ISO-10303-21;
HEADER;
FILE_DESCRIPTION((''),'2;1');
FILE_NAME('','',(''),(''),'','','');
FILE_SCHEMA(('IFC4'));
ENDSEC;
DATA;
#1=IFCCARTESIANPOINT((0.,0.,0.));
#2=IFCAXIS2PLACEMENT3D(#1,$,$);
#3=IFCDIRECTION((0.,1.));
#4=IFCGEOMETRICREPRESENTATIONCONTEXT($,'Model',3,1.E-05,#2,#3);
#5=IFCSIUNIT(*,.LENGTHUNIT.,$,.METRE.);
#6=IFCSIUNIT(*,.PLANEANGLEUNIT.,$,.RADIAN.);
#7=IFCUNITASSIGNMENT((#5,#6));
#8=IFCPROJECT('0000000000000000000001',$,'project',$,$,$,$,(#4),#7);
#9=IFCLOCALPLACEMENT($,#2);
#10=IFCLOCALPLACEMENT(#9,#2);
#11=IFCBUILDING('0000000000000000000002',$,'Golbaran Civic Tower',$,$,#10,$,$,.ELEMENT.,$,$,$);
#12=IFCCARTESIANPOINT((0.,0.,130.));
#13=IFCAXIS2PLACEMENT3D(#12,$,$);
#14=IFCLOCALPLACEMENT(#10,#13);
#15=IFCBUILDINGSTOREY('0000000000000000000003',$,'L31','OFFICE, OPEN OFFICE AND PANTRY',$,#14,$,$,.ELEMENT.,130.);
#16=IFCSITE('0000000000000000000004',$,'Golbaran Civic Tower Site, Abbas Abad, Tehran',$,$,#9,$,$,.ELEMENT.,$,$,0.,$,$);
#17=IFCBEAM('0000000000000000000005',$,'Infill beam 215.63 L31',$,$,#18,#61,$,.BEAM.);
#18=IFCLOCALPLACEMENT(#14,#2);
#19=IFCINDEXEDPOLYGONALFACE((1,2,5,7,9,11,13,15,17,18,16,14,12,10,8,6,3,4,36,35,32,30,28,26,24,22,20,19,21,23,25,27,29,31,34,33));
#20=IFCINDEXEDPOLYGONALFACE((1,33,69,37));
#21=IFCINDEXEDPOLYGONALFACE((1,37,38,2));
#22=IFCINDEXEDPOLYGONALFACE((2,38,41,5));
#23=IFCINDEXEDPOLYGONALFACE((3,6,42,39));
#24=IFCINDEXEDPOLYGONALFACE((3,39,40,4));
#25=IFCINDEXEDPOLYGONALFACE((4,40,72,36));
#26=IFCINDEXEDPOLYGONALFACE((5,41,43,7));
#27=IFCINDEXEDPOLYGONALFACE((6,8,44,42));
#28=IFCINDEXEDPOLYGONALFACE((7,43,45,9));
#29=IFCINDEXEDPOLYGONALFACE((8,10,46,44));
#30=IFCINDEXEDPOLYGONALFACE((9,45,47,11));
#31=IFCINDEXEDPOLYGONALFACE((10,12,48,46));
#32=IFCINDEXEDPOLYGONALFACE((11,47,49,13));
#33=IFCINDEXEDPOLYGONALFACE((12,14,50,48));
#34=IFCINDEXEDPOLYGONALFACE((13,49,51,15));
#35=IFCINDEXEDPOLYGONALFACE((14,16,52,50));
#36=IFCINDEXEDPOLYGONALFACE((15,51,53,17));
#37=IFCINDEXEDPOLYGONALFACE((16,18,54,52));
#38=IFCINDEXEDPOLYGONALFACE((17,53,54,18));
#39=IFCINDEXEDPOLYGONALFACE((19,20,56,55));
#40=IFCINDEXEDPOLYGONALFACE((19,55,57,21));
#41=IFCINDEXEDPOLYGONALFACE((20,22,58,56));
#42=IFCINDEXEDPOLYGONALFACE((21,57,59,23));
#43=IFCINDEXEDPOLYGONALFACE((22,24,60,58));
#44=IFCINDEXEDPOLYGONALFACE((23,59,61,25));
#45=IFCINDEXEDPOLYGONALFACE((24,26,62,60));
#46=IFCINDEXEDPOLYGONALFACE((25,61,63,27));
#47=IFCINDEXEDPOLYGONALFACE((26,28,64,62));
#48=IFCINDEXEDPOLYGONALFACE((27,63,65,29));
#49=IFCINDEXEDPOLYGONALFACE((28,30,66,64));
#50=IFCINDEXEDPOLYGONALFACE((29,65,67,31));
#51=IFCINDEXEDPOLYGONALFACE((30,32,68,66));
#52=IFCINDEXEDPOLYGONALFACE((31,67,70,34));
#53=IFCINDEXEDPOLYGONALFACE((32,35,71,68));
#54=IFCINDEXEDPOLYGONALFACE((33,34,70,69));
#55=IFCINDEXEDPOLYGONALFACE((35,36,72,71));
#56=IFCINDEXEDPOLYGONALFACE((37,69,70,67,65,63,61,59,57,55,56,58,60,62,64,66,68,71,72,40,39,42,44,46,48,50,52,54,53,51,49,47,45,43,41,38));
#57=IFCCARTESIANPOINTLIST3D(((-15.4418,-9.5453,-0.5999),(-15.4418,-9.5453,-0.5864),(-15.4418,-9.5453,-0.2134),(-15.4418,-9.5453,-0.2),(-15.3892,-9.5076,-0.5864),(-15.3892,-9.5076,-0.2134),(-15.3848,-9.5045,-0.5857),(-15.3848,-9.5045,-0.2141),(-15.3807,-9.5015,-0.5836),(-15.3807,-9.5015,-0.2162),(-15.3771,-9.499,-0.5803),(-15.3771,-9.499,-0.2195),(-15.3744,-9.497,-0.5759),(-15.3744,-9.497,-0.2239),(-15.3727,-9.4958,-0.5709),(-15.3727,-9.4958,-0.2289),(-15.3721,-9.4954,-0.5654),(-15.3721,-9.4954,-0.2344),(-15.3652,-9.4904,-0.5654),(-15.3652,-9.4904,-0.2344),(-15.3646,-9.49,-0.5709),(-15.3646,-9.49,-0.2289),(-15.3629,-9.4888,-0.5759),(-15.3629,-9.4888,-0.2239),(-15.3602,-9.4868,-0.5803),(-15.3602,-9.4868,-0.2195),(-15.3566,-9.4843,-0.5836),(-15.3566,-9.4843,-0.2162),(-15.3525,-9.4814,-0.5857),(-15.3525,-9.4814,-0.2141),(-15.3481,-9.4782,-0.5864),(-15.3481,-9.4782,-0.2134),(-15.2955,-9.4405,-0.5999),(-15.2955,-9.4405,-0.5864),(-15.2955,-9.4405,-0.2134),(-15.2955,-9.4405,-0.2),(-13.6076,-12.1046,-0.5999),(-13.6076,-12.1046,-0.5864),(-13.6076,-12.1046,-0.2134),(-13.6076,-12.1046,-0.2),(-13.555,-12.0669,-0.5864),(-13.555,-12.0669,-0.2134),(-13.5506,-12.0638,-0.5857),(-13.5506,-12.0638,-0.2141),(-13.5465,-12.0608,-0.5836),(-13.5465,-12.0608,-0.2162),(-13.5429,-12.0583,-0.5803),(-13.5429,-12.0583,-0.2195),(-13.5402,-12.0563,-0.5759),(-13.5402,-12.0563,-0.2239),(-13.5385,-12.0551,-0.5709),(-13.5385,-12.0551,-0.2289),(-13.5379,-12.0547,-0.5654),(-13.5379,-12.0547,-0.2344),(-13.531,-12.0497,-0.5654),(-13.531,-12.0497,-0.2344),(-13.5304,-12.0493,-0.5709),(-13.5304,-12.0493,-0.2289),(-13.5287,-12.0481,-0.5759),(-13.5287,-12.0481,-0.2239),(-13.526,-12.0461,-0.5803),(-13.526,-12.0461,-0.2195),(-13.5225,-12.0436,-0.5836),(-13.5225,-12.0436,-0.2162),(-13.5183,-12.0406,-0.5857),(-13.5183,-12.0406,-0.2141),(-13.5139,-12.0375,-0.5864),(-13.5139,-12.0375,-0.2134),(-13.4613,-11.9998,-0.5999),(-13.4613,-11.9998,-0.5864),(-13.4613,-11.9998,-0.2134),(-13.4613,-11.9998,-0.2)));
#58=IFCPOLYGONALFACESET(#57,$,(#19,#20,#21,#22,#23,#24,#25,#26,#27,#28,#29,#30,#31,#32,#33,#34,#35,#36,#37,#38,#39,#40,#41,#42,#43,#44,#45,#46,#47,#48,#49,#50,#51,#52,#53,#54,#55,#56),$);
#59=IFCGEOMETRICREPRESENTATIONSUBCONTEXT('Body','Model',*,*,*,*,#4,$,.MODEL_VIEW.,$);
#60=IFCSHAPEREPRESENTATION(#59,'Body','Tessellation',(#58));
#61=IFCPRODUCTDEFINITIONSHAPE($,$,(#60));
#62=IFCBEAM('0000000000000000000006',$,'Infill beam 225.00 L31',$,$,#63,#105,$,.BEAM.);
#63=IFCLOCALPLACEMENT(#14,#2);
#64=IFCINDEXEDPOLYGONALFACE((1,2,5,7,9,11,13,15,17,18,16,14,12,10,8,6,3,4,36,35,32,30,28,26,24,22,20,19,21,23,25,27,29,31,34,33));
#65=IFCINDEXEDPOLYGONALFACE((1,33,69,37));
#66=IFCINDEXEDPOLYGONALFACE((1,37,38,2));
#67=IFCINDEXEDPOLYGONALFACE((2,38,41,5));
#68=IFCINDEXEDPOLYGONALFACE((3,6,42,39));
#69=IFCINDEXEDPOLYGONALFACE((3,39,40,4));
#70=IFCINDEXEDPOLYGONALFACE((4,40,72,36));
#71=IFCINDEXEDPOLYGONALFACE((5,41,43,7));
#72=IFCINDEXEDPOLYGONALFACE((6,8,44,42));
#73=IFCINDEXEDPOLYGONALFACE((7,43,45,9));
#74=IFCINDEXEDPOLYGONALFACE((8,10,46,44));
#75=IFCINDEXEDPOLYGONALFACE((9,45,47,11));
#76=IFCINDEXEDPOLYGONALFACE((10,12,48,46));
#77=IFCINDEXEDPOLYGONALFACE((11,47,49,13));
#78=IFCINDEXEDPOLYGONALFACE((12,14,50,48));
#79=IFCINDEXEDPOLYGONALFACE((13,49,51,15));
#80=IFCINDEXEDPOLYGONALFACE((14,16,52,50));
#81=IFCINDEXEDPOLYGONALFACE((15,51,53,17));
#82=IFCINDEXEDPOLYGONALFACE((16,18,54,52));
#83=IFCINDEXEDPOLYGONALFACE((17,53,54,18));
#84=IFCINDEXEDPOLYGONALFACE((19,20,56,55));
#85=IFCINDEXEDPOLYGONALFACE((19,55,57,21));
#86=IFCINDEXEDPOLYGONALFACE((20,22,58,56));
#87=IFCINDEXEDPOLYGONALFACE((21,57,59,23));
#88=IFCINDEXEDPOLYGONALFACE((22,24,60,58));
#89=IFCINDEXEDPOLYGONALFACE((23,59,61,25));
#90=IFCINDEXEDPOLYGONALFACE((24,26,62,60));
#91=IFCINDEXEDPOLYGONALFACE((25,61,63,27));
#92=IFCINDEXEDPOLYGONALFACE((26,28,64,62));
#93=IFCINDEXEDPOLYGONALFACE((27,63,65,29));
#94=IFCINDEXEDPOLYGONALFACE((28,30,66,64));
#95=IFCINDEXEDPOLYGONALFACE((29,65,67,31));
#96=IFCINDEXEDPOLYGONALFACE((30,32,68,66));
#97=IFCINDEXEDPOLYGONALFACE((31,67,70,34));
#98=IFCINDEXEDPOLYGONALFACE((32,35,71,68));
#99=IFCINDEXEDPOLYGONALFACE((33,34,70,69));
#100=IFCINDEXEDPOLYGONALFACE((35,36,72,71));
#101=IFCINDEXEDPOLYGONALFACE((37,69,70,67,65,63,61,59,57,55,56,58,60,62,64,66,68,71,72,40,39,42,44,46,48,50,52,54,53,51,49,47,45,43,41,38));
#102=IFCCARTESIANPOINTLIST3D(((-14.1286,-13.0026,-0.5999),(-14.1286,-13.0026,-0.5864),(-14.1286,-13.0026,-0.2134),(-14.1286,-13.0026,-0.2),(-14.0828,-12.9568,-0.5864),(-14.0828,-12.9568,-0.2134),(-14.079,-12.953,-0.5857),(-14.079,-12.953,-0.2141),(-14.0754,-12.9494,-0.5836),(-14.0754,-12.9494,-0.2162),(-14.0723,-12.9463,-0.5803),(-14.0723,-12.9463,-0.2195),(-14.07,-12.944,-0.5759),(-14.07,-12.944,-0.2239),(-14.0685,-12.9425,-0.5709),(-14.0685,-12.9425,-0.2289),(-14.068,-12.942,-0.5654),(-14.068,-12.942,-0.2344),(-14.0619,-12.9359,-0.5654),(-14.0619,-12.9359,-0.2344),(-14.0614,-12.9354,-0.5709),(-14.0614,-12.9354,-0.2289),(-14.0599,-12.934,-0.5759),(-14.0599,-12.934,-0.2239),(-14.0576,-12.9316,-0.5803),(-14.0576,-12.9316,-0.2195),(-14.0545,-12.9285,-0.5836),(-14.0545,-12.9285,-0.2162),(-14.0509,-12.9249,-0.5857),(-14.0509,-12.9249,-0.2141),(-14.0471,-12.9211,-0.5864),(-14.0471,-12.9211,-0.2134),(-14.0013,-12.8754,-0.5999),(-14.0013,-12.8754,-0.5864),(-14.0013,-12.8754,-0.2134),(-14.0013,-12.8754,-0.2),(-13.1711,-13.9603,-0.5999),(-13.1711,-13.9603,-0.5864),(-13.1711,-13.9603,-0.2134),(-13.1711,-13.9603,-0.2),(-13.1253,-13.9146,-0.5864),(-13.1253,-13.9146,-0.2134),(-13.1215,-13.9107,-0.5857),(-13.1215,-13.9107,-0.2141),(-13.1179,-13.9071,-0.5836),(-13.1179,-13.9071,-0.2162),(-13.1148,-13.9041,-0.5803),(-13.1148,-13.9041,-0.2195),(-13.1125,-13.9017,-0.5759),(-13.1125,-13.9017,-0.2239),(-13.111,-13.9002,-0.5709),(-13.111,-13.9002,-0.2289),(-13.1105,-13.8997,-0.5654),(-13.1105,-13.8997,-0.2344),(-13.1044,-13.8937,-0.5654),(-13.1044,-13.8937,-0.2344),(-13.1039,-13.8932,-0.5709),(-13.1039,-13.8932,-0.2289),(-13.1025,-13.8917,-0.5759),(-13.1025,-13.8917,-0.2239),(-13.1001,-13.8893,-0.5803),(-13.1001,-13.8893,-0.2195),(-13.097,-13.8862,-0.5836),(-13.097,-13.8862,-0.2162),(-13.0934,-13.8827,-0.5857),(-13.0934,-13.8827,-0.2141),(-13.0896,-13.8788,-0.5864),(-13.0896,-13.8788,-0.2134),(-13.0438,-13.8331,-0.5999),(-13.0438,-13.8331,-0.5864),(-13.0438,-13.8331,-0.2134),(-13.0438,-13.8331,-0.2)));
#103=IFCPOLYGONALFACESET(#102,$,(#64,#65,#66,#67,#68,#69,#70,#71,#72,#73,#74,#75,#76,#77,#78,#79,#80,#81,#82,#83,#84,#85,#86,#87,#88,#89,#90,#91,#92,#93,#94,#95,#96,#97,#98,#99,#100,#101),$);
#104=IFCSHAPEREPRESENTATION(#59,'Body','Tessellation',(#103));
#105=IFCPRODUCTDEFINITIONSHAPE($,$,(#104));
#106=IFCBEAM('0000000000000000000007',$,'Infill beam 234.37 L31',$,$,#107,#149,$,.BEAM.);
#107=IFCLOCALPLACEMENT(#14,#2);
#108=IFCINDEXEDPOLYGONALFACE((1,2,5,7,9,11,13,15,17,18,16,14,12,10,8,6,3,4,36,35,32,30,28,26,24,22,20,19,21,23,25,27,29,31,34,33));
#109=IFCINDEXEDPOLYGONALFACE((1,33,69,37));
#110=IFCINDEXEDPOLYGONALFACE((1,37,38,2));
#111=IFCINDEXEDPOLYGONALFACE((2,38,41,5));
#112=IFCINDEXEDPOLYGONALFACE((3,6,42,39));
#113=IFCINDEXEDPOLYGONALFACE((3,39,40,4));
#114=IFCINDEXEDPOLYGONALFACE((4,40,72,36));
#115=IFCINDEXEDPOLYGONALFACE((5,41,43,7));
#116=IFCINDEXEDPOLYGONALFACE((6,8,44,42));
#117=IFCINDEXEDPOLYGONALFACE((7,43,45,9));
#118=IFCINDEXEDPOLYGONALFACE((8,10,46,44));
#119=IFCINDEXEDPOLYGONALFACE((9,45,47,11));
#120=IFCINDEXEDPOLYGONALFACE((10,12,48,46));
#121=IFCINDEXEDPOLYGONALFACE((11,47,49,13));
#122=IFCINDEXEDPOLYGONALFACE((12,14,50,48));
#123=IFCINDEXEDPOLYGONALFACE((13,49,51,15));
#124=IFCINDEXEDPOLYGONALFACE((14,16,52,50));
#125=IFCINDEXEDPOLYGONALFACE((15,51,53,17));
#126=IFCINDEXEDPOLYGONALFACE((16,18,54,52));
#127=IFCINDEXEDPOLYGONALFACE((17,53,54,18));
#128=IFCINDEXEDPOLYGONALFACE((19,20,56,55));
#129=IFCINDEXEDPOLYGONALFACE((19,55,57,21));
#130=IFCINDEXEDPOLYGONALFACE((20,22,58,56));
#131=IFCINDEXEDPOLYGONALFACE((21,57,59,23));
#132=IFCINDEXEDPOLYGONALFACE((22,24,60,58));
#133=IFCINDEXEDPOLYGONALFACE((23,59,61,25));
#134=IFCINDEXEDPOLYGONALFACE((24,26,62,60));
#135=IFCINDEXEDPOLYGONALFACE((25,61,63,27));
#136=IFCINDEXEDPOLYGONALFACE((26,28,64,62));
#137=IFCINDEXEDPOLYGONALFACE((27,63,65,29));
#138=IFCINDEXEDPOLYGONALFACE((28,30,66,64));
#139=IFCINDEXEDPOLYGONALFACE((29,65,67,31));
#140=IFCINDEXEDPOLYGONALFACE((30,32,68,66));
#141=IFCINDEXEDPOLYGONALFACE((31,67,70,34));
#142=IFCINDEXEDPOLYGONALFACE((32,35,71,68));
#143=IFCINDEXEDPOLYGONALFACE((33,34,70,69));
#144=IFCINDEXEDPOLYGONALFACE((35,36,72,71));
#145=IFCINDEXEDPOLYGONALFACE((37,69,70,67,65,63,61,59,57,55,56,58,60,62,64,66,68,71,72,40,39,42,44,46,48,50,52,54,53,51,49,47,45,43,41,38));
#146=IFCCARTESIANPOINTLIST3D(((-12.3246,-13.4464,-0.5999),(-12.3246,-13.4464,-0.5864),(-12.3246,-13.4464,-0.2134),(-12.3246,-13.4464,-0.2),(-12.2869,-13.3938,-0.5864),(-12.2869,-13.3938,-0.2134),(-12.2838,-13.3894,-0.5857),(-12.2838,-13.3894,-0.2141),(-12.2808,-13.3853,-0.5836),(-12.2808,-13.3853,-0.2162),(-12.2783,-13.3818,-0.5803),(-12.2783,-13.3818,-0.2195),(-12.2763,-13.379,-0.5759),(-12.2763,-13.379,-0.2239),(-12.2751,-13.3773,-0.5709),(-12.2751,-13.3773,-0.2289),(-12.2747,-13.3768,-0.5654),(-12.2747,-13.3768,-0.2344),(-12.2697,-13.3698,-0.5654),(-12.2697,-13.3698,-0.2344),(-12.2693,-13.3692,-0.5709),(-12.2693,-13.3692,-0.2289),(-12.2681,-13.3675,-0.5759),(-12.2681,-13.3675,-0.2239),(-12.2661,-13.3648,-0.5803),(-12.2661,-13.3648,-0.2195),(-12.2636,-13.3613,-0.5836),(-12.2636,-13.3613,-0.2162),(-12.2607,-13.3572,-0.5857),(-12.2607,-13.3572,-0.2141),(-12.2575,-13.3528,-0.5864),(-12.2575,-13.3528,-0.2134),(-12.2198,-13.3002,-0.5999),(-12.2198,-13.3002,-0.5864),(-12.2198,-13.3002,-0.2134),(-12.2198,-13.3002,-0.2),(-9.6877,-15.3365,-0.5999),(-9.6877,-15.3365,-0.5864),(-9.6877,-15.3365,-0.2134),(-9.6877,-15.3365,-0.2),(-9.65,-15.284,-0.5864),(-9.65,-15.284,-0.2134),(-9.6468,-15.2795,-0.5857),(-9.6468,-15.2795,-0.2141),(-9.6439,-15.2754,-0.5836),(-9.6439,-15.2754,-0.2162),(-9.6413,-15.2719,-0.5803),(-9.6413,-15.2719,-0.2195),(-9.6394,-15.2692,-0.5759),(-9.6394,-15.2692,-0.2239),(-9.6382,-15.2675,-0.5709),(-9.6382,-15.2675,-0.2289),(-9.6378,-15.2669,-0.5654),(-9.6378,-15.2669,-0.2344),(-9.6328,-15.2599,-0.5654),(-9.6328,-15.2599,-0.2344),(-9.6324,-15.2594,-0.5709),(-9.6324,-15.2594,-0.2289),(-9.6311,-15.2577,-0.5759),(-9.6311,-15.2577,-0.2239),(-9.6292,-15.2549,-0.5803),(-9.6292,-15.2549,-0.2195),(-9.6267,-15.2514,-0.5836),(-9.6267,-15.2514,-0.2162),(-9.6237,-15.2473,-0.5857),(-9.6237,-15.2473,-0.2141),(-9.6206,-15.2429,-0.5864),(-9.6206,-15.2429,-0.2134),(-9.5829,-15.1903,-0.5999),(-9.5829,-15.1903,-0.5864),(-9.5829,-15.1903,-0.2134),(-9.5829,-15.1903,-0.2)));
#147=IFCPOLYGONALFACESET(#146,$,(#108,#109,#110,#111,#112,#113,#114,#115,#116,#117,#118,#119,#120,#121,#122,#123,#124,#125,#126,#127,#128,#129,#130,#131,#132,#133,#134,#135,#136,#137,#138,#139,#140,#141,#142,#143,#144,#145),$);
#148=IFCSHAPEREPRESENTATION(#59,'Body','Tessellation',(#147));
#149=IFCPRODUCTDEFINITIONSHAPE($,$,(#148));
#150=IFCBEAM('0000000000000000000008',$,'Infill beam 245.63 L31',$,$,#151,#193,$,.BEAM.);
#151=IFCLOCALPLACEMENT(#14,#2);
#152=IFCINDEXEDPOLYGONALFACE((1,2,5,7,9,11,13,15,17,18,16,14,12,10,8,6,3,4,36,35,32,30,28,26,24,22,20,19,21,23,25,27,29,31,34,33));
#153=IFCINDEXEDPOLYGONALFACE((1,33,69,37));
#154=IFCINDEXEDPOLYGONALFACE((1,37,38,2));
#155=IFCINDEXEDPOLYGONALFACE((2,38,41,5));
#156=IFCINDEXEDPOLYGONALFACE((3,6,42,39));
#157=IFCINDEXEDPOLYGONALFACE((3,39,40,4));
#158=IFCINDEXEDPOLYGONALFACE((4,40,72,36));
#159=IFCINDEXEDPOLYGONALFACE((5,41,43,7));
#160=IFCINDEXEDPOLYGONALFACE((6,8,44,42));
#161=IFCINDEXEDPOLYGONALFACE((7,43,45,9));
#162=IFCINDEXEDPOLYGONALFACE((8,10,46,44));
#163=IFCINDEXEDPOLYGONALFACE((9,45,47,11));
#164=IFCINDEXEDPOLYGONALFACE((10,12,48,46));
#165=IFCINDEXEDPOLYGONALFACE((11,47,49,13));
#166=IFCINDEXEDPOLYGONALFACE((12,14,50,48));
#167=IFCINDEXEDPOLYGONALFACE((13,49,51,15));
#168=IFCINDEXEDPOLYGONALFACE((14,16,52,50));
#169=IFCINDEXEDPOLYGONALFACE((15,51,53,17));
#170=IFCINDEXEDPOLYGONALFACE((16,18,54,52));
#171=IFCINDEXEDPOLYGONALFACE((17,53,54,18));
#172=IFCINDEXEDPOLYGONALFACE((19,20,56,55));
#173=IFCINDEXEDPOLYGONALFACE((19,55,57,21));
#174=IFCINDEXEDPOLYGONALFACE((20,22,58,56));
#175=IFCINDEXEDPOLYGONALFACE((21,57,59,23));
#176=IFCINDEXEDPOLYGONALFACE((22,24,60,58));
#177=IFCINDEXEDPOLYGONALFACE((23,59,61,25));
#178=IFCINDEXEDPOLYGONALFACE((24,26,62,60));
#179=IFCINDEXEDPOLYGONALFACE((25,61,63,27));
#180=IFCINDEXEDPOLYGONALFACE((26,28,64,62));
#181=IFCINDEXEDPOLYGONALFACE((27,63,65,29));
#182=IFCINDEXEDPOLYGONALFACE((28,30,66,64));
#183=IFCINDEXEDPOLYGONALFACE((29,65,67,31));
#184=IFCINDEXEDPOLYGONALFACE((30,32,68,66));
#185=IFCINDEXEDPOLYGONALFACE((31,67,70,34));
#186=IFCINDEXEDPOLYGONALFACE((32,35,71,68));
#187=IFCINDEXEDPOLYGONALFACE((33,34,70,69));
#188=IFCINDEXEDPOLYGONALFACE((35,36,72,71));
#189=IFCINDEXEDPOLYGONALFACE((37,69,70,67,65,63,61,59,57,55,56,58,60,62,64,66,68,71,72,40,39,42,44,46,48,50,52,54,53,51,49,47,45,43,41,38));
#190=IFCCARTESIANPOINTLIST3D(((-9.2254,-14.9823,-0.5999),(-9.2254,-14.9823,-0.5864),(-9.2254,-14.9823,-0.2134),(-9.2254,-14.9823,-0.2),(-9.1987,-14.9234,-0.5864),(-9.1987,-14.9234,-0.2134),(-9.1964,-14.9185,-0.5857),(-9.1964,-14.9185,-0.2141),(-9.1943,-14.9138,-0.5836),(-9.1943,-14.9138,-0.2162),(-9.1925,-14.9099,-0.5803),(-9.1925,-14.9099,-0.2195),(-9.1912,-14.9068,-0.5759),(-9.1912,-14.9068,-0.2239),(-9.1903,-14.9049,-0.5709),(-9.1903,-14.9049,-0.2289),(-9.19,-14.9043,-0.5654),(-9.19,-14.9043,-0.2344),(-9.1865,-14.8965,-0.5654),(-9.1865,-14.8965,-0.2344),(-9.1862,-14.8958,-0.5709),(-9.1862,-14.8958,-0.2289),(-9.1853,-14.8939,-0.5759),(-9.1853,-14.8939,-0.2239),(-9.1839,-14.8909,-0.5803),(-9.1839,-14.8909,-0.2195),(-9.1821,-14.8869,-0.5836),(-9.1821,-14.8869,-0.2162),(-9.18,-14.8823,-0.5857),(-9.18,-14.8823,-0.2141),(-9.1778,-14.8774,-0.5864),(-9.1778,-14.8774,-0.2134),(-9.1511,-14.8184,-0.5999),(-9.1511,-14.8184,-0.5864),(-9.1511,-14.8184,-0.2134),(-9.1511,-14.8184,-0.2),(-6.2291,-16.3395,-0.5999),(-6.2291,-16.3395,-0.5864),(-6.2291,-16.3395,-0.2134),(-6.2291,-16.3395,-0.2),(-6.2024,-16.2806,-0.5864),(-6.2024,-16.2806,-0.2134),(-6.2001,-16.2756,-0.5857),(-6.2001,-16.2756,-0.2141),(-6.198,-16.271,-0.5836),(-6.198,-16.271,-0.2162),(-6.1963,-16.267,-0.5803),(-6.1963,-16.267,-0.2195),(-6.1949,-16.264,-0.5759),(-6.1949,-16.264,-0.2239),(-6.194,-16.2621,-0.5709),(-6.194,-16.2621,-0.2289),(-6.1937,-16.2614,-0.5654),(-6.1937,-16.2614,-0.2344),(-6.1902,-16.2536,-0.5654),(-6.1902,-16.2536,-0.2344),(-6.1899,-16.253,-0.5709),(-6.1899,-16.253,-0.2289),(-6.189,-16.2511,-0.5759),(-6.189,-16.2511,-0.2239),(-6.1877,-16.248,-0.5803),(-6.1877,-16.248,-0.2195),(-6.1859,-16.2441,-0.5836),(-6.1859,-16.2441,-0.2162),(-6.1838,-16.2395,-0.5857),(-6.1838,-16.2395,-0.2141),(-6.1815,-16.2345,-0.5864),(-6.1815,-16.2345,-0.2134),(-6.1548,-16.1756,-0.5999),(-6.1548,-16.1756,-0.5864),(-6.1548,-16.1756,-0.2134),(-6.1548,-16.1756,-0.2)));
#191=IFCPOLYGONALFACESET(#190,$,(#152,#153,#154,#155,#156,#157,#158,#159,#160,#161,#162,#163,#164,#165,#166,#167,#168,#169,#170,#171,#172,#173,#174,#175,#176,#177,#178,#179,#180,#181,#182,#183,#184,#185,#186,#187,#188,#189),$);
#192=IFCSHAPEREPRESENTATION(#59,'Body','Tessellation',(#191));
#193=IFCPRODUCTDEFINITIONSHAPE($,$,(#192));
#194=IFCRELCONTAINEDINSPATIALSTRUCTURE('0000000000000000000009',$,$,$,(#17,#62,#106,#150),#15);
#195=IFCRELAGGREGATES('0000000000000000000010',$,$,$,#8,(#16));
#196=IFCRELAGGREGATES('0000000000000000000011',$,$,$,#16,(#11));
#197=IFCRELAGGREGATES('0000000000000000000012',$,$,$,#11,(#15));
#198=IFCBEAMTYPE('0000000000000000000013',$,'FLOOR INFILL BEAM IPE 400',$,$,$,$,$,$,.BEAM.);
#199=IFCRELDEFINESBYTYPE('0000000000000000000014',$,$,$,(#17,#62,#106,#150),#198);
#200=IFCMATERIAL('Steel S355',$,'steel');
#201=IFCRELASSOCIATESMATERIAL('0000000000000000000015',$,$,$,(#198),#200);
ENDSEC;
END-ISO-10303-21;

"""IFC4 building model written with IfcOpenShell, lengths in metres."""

from ifc_helpers import new_model, si_unit, direction, frame, origin, origin_2d, place, context, subcontext, project, spatial, i_section, extrude, material, material_profile, profile_set, type_object, element, save


model = new_model("IFC4")

# Units and contexts
model_context = context("Model", 3, precision=1e-05, world=origin(), true_north=direction((0.0, 1.0)))
body_context = subcontext(model_context, "Body", "Model", "MODEL_VIEW")
ifc_project = project(units=[si_unit("LENGTHUNIT", "METRE"), si_unit("PLANEANGLEUNIT", "RADIAN")], contexts=[model_context])

# Site, building, storey
site_placement = place(None, origin())
site = spatial("IfcSite", under=ifc_project, at=site_placement, Name="Golbaran Civic Tower Site, Abbas Abad, Tehran", CompositionType="ELEMENT", RefElevation=0.0)
building_placement = place(site_placement, origin())
building = spatial("IfcBuilding", under=site, at=building_placement, Name="Golbaran Civic Tower", CompositionType="ELEMENT")
storey_placement = place(building_placement, frame((0.0, 0.0, 130.0)))
storey = spatial("IfcBuildingStorey", under=building, at=storey_placement, Name="L31", Description="OFFICE, OPEN OFFICE AND PANTRY", CompositionType="ELEMENT", Elevation=130.0)

# Beams
ifc_material_1 = material(Name="Steel S355", Category="steel")
ifc_material_profile_1 = material_profile(ifc_material_1, i_section(OverallWidth=0.1799, OverallDepth=0.3999, WebThickness=0.0085, FlangeThickness=0.0134, FilletRadius=0.021, at=origin_2d()), Name="IPE 400")
ifc_profile_set_1 = profile_set([ifc_material_profile_1], Name="Steel S355")
beam_type_1 = type_object("IfcBeamType", Name="FLOOR INFILL BEAM IPE 400", PredefinedType="BEAM", material=ifc_profile_set_1)
beam_1_placement = place(storey_placement, frame((-15.3687, -9.4929, -0.3999), z_axis=(0.582528, -0.81281, 0.0), x_axis=(0.81281, 0.582528, 0.0)))
element("IfcBeam", 1, at=beam_1_placement, inside=storey, type_object=beam_type_1, Name="Infill beam 215.63 L31", PredefinedType="BEAM", context=body_context, shape_type="SweptSolid", body=[
    extrude(i_section(OverallWidth=0.1799, OverallDepth=0.3999, WebThickness=0.0085, FlangeThickness=0.0134, FilletRadius=0.021, at=origin_2d()), origin(), (0.0, 0.0, 1.0), 3.1487),
])
beam_2_placement = place(storey_placement, frame((-14.0649, -12.939, -0.3999), z_axis=(0.707017, -0.707197, 0.0), x_axis=(0.707197, 0.707017, 0.0)))
element("IfcBeam", 2, at=beam_2_placement, inside=storey, type_object=beam_type_1, Name="Infill beam 225.00 L31", PredefinedType="BEAM", context=body_context, shape_type="SweptSolid", body=[
    extrude(i_section(OverallWidth=0.1799, OverallDepth=0.3999, WebThickness=0.0085, FlangeThickness=0.0134, FilletRadius=0.021, at=origin_2d()), origin(), (0.0, 0.0, 1.0), 1.3542),
])
beam_3_placement = place(storey_placement, frame((-12.2722, -13.3733, -0.3999), z_axis=(0.812771, -0.582583, 0.0), x_axis=(0.582583, 0.812771, 0.0)))
element("IfcBeam", 3, at=beam_3_placement, inside=storey, type_object=beam_type_1, Name="Infill beam 234.37 L31", PredefinedType="BEAM", context=body_context, shape_type="SweptSolid", body=[
    extrude(i_section(OverallWidth=0.1799, OverallDepth=0.3999, WebThickness=0.0085, FlangeThickness=0.0134, FilletRadius=0.021, at=origin_2d()), origin(), (0.0, 0.0, 1.0), 3.2444),
])
beam_4_placement = place(storey_placement, frame((-9.1882, -14.9004, -0.3999), z_axis=(0.910915, -0.412595, 0.0), x_axis=(0.412595, 0.910915, 0.0)))
element("IfcBeam", 4, at=beam_4_placement, inside=storey, type_object=beam_type_1, Name="Infill beam 245.63 L31", PredefinedType="BEAM", context=body_context, shape_type="SweptSolid", body=[
    extrude(i_section(OverallWidth=0.1799, OverallDepth=0.3999, WebThickness=0.0085, FlangeThickness=0.0134, FilletRadius=0.021, at=origin_2d()), origin(), (0.0, 0.0, 1.0), 3.2893),
])

save(model, "model.ifc")
